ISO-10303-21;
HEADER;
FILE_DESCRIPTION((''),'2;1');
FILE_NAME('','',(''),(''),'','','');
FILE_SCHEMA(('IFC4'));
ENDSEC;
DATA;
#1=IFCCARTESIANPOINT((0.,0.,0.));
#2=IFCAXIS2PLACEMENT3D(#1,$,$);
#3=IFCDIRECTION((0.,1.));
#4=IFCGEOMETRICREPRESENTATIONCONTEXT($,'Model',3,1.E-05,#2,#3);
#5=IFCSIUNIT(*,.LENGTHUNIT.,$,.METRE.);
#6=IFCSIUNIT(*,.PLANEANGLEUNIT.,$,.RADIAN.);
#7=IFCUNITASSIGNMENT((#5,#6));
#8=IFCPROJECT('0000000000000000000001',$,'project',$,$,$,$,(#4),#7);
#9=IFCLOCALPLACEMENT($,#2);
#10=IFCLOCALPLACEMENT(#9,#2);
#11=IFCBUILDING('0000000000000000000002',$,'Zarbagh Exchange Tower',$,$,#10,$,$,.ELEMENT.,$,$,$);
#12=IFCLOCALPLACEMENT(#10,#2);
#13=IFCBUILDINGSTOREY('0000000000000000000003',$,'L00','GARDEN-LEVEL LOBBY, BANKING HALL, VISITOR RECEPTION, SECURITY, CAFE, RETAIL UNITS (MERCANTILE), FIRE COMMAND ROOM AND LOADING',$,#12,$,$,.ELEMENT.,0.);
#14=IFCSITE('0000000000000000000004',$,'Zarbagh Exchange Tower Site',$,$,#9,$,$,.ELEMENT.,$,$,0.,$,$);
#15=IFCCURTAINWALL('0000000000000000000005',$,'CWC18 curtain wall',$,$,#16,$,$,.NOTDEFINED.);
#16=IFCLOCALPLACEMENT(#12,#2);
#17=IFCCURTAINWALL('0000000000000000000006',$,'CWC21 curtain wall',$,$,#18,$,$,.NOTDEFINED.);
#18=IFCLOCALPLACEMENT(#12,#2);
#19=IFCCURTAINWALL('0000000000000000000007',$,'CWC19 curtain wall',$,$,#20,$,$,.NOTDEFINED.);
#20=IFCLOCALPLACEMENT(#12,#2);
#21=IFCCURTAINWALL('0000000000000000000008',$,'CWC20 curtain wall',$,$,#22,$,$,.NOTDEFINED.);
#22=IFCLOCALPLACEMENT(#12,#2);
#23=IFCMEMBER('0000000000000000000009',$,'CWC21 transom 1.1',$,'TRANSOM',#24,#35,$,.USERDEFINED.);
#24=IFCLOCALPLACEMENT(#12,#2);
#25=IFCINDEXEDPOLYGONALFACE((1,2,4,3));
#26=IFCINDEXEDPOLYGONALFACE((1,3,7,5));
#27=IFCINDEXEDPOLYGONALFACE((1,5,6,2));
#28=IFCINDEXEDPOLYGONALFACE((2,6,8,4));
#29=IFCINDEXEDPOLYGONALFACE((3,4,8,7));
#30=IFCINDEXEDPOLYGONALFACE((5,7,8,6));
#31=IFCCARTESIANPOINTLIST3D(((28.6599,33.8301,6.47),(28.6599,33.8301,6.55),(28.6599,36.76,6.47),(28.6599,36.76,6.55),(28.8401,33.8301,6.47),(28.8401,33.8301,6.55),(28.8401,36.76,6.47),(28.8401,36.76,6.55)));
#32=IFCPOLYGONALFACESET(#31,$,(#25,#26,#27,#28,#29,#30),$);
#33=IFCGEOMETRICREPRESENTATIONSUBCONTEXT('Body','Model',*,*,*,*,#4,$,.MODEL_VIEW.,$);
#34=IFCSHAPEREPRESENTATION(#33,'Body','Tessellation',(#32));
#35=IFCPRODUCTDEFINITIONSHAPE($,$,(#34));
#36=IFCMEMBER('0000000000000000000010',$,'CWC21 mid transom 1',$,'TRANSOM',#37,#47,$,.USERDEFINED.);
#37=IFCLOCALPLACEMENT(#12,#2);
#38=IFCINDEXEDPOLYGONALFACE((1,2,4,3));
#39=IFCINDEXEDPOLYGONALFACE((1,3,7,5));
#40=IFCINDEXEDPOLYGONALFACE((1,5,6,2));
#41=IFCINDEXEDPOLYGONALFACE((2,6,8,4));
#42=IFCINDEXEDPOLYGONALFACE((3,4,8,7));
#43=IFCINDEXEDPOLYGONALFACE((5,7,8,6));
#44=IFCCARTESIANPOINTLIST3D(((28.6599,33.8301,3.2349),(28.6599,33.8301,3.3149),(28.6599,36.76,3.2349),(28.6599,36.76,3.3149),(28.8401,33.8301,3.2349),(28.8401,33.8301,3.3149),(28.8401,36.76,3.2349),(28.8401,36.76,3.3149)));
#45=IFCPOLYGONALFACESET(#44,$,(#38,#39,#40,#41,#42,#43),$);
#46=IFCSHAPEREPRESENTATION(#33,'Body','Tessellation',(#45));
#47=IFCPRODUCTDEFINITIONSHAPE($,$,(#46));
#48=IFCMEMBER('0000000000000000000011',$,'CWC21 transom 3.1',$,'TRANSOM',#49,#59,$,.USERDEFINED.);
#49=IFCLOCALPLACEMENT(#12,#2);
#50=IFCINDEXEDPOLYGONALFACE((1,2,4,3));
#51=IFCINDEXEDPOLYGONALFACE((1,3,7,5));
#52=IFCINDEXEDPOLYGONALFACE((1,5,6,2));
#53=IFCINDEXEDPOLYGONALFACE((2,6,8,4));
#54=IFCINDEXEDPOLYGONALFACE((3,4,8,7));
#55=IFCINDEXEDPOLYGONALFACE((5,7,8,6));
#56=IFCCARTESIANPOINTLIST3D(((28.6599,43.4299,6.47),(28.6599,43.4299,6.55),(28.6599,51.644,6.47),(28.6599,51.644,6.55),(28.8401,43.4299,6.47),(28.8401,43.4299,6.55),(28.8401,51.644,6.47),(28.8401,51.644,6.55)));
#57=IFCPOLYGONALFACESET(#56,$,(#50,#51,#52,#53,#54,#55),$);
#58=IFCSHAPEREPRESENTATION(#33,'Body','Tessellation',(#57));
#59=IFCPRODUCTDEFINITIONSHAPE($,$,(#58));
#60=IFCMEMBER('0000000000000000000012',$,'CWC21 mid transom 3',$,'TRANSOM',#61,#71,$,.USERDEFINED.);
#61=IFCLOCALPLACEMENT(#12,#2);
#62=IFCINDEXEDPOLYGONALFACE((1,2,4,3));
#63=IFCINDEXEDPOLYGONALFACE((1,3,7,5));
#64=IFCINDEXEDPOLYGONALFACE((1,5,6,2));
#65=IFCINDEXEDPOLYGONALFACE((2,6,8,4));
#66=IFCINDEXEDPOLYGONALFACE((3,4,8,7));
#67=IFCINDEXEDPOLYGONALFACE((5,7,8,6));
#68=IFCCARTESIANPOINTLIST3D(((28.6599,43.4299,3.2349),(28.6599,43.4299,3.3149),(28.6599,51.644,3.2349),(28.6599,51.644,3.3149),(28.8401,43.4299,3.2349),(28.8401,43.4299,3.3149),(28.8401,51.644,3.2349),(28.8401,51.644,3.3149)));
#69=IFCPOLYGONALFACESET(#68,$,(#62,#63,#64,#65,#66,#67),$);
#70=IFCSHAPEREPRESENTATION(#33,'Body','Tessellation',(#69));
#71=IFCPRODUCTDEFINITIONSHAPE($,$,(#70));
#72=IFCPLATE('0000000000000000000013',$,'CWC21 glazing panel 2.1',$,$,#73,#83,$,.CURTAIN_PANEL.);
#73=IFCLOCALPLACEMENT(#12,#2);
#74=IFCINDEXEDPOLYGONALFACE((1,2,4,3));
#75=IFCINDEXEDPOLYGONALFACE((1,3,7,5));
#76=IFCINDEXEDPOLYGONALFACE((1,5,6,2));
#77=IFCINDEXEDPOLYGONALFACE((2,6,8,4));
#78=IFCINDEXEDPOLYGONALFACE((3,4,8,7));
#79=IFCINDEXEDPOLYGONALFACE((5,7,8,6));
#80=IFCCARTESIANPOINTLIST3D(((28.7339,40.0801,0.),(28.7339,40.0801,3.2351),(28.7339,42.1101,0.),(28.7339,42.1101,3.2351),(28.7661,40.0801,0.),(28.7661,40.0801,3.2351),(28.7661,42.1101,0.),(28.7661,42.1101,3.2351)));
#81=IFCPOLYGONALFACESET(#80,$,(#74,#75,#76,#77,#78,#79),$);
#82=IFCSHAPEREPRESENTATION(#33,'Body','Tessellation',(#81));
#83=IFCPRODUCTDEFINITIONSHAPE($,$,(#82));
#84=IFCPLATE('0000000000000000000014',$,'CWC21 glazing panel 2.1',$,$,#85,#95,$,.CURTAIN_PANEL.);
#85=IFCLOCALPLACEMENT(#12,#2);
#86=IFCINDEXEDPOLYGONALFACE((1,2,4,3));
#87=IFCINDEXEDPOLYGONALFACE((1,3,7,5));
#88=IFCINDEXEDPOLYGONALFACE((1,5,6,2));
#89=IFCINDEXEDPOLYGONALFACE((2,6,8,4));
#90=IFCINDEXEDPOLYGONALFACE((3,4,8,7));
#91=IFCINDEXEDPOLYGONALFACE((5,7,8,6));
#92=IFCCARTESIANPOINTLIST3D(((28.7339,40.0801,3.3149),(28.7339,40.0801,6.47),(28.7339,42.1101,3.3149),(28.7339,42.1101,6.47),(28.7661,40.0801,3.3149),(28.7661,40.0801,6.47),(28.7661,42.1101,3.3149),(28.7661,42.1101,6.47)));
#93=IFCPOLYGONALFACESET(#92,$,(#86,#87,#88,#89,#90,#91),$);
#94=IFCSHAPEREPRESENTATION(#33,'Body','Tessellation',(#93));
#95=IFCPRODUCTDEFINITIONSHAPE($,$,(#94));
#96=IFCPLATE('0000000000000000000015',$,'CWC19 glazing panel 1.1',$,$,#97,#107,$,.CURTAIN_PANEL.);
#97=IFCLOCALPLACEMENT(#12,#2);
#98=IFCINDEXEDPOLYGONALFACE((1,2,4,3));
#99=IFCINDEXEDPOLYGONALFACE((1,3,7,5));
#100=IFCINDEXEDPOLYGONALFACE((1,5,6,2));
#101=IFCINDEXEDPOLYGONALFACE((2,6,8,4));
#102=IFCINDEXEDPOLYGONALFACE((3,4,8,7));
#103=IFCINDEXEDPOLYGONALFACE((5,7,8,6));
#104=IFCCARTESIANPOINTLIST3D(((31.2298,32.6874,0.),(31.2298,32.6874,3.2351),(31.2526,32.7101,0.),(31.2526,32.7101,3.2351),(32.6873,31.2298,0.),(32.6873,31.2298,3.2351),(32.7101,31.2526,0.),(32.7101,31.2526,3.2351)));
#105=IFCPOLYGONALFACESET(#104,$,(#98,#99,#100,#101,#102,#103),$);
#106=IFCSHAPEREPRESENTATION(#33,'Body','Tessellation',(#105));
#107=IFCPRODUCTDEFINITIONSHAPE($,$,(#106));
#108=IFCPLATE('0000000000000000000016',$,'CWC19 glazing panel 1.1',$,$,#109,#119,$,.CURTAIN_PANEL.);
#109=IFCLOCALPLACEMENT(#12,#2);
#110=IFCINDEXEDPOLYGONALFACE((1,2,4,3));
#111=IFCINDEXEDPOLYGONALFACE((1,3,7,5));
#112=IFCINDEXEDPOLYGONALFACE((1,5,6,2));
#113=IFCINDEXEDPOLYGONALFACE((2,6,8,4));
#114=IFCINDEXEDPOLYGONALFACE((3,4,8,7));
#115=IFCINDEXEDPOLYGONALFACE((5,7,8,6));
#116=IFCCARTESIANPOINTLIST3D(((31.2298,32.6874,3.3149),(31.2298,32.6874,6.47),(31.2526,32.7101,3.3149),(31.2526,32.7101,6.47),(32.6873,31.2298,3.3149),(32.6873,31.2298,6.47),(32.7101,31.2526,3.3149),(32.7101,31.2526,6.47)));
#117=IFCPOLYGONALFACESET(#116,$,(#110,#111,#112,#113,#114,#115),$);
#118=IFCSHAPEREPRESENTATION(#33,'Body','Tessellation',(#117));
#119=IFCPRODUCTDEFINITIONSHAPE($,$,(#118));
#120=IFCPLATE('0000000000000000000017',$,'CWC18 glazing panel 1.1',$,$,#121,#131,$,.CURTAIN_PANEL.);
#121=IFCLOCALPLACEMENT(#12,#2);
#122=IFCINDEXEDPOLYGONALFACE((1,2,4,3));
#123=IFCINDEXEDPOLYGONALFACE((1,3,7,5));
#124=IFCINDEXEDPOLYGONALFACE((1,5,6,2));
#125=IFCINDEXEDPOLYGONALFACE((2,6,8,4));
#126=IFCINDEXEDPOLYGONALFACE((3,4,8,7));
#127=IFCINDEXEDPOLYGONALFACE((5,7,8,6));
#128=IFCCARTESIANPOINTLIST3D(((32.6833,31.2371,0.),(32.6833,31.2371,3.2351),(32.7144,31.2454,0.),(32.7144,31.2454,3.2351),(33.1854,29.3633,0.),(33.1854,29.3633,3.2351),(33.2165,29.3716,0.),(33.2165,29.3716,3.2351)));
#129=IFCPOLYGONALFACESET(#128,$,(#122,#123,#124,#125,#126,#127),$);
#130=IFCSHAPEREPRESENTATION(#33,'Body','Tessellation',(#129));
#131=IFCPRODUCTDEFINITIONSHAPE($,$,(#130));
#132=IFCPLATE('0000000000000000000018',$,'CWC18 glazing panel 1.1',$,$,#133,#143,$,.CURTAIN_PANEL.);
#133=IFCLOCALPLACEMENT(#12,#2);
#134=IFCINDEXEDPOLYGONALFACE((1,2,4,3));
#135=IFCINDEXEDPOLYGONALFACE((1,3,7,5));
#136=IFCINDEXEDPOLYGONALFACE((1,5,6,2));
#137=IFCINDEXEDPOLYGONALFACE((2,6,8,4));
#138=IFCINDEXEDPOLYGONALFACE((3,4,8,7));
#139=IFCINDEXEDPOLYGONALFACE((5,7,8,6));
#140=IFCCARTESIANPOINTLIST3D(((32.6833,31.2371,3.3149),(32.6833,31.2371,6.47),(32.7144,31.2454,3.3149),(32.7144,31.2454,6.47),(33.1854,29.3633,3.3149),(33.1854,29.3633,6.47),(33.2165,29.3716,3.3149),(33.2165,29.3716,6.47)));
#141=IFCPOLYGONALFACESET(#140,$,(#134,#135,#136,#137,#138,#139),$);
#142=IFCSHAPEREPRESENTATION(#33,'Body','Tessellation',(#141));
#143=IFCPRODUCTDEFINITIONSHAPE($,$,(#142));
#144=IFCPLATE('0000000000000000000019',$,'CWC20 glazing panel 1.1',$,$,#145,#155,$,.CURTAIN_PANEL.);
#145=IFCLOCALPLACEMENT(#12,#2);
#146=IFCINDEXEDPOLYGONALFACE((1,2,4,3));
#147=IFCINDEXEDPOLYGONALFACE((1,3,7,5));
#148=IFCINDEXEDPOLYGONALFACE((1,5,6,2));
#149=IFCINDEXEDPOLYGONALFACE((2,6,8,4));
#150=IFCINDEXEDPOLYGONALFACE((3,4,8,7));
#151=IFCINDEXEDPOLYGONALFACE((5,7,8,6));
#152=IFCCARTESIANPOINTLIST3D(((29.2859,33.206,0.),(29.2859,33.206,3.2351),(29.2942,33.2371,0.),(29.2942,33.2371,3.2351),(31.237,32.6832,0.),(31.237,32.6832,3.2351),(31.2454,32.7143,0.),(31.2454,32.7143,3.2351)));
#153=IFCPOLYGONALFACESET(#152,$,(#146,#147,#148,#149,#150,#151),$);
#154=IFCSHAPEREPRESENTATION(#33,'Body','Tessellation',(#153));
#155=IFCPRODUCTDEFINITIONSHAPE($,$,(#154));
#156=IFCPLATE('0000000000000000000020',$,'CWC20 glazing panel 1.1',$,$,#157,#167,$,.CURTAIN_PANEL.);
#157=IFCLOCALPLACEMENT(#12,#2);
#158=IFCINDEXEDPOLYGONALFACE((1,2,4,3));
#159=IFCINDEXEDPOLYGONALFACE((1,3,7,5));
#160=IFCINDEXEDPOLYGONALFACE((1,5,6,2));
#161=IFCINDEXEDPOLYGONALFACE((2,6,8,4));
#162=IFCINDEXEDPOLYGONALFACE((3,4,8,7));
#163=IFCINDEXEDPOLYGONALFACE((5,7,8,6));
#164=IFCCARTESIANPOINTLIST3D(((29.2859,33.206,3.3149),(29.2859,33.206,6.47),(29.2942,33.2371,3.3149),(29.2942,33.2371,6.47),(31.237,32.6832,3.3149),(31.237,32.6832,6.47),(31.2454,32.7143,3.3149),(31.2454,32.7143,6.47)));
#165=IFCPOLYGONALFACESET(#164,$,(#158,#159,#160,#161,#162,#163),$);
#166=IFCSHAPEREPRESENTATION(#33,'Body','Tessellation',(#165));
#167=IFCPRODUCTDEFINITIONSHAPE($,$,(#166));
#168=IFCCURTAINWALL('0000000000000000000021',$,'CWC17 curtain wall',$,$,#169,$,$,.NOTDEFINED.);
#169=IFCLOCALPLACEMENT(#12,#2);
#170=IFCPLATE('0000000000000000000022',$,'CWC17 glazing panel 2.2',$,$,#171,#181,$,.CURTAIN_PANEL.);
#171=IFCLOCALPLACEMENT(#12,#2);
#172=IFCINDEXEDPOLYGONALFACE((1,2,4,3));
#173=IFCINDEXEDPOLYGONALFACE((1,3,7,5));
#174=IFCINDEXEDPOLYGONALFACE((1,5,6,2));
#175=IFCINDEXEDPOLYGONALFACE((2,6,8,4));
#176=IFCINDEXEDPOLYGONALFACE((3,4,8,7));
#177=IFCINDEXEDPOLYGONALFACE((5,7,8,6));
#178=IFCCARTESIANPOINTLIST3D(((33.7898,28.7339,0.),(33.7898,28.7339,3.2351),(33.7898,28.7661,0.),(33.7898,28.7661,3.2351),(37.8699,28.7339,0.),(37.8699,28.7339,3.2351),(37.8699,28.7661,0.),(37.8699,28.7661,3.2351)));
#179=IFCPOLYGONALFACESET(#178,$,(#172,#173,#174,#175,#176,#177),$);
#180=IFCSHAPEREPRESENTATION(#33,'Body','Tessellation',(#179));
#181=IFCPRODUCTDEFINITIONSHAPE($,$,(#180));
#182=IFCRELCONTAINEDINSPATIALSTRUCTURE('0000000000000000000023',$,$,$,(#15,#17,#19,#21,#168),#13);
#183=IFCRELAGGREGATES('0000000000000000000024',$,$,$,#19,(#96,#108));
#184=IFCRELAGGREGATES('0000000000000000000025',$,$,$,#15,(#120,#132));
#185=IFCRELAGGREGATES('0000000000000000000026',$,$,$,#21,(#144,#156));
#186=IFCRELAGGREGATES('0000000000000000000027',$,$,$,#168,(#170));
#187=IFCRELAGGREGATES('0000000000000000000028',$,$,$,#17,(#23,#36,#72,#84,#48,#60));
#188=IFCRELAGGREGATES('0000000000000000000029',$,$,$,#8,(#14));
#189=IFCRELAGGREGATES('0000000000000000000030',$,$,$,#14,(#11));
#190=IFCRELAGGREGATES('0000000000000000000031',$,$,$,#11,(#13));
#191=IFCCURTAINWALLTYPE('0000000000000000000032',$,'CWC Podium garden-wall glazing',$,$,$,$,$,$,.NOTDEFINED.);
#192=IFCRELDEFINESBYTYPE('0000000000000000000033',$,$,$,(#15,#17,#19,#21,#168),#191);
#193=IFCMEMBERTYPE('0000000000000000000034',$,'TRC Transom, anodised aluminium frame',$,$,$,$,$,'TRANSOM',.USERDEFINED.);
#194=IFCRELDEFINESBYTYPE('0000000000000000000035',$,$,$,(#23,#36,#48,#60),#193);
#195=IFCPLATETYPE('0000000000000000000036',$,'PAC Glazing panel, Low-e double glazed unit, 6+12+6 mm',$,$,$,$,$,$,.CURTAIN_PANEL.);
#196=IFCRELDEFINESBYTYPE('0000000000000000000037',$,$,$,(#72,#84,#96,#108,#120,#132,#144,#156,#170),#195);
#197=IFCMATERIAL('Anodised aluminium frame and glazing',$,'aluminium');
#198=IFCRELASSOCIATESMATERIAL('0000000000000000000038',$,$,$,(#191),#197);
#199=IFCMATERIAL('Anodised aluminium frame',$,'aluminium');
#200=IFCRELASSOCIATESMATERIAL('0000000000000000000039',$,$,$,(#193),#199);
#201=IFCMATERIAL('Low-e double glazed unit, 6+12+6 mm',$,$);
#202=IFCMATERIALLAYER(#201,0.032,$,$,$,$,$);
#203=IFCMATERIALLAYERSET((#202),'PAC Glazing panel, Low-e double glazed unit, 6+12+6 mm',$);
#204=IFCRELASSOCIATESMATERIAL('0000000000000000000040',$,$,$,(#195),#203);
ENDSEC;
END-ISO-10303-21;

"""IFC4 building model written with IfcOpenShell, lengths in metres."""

from ifc_helpers import new_model, si_unit, direction, origin, place, context, subcontext, project, spatial, polyline, outline, extrude, source, transform, mapped, material, layer, layer_set, type_object, element, aggregate, save


model = new_model("IFC4")

# Units and contexts
model_context = context("Model", 3, precision=1e-05, world=origin(), true_north=direction((0.0, 1.0)))
body_context = subcontext(model_context, "Body", "Model", "MODEL_VIEW")
ifc_project = project(units=[si_unit("LENGTHUNIT", "METRE"), si_unit("PLANEANGLEUNIT", "RADIAN")], contexts=[model_context])

# Site, building, storey
site_placement = place(None, origin())
site = spatial("IfcSite", under=ifc_project, at=site_placement, Name="Zarbagh Exchange Tower Site", CompositionType="ELEMENT", RefElevation=0.0)
building_placement = place(site_placement, origin())
building = spatial("IfcBuilding", under=site, at=building_placement, Name="Zarbagh Exchange Tower", CompositionType="ELEMENT")
storey_placement = place(building_placement, origin())
storey = spatial("IfcBuildingStorey", under=building, at=storey_placement, Name="L00", Description="GARDEN-LEVEL LOBBY, BANKING HALL, VISITOR RECEPTION, SECURITY, CAFE, RETAIL UNITS (MERCANTILE), FIRE COMMAND ROOM AND LOADING", CompositionType="ELEMENT", Elevation=0.0)

# Curtain wall
ifc_material_1 = material(Name="Anodised aluminium frame and glazing", Category="aluminium")
curtain_wall_type = type_object("IfcCurtainWallType", Name="CWC Podium garden-wall glazing", PredefinedType="NOTDEFINED", material=ifc_material_1)
curtain_wall_1_placement = place(storey_placement, origin())
curtain_wall_1 = element("IfcCurtainWall", 1, at=curtain_wall_1_placement, inside=storey, type_object=curtain_wall_type, Name="CWC18 curtain wall", PredefinedType="NOTDEFINED")
ifc_material_2 = material(Name="Anodised aluminium frame", Category="aluminium")
placement = place(storey_placement, origin())

# Curtain wall
curtain_wall_2_placement = place(storey_placement, origin())
curtain_wall_2 = element("IfcCurtainWall", 2, at=curtain_wall_2_placement, inside=storey, type_object=curtain_wall_type, Name="CWC21 curtain wall", PredefinedType="NOTDEFINED")

# Shared definitions
member_type_1 = type_object("IfcMemberType", Name="TRC Transom, anodised aluminium frame", ElementType="TRANSOM", PredefinedType="USERDEFINED", material=ifc_material_2)

# Curtain wall
curtain_wall_3_placement = place(storey_placement, origin())
curtain_wall_3 = element("IfcCurtainWall", 3, at=curtain_wall_3_placement, inside=storey, type_object=curtain_wall_type, Name="CWC19 curtain wall", PredefinedType="NOTDEFINED")

# Curtain wall
curtain_wall_4_placement = place(storey_placement, origin())
curtain_wall_4 = element("IfcCurtainWall", 4, at=curtain_wall_4_placement, inside=storey, type_object=curtain_wall_type, Name="CWC20 curtain wall", PredefinedType="NOTDEFINED")

# Members
shared_shape_1 = source(origin(), body_context, "Body", "SweptSolid", [
    extrude(outline(polyline([(-0.0801, -0.0901), (0.0, -0.0901), (0.0, 0.0901), (-0.0801, 0.0901), (-0.0801, -0.0901)])), origin(), (0.0, 0.0, 1.0), 2.9299),
])
member_1 = element("IfcMember", 5, at=placement, type_object=member_type_1, Name="CWC21 transom 1.1", ObjectType="TRANSOM", PredefinedType="USERDEFINED", context=body_context, shape_type="MappedRepresentation", body=[
    mapped(shared_shape_1, transform((28.75, 33.8301, 6.55), x_axis=(0.0, 0.0, 1.0), y_axis=(1.0, 0.0, 0.0), z_axis=(0.0, 1.0, 0.0))),
])
shared_shape_2 = source(origin(), body_context, "Body", "SweptSolid", [
    extrude(outline(polyline([(-0.04, -0.0901), (0.04, -0.0901), (0.04, 0.0901), (-0.04, 0.0901), (-0.04, -0.0901)])), origin(), (0.0, 0.0, 1.0), 2.9299),
])
member_2 = element("IfcMember", 6, at=placement, type_object=member_type_1, Name="CWC21 mid transom 1", ObjectType="TRANSOM", PredefinedType="USERDEFINED", context=body_context, shape_type="MappedRepresentation", body=[
    mapped(shared_shape_2, transform((28.75, 33.8301, 3.2749), x_axis=(0.0, 0.0, 1.0), y_axis=(1.0, 0.0, 0.0), z_axis=(0.0, 1.0, 0.0))),
])
shared_shape_3 = source(origin(), body_context, "Body", "SweptSolid", [
    extrude(outline(polyline([(-0.0801, -0.0901), (0.0, -0.0901), (0.0, 0.0901), (-0.0801, 0.0901), (-0.0801, -0.0901)])), origin(), (0.0, 0.0, 1.0), 8.2141),
])
member_3 = element("IfcMember", 7, at=placement, type_object=member_type_1, Name="CWC21 transom 3.1", ObjectType="TRANSOM", PredefinedType="USERDEFINED", context=body_context, shape_type="MappedRepresentation", body=[
    mapped(shared_shape_3, transform((28.75, 43.4299, 6.55), x_axis=(0.0, 0.0, 1.0), y_axis=(1.0, 0.0, 0.0), z_axis=(0.0, 1.0, 0.0))),
])
shared_shape_4 = source(origin(), body_context, "Body", "SweptSolid", [
    extrude(outline(polyline([(-0.04, -0.0901), (0.04, -0.0901), (0.04, 0.0901), (-0.04, 0.0901), (-0.04, -0.0901)])), origin(), (0.0, 0.0, 1.0), 8.2141),
])
member_4 = element("IfcMember", 8, at=placement, type_object=member_type_1, Name="CWC21 mid transom 3", ObjectType="TRANSOM", PredefinedType="USERDEFINED", context=body_context, shape_type="MappedRepresentation", body=[
    mapped(shared_shape_4, transform((28.75, 43.4299, 3.2749), x_axis=(0.0, 0.0, 1.0), y_axis=(1.0, 0.0, 0.0), z_axis=(0.0, 1.0, 0.0))),
])

# Plates
ifc_material_3 = material(Name="Low-e double glazed unit, 6+12+6 mm")
ifc_layer = layer(ifc_material_3, 0.032)
ifc_layer_set = layer_set([ifc_layer], Name="PAC Glazing panel, Low-e double glazed unit, 6+12+6 mm")
plate_type = type_object("IfcPlateType", Name="PAC Glazing panel, Low-e double glazed unit, 6+12+6 mm", PredefinedType="CURTAIN_PANEL", material=ifc_layer_set)
shared_shape_5 = source(origin(), body_context, "Body", "SweptSolid", [
    extrude(outline(polyline([(0.0, -0.0161), (2.03, -0.0161), (2.03, 0.0161), (0.0, 0.0161), (0.0, -0.0161)])), origin(), (0.0, 0.0, 1.0), 3.2351),
])
plate_1 = element("IfcPlate", 9, at=placement, type_object=plate_type, Name="CWC21 glazing panel 2.1", PredefinedType="CURTAIN_PANEL", context=body_context, shape_type="MappedRepresentation", body=[
    mapped(shared_shape_5, transform((28.75, 40.0801, 0.0), x_axis=(0.0, 1.0, 0.0), y_axis=(-1.0, 0.0, 0.0), z_axis=(0.0, 0.0, 1.0))),
])
shared_shape_6 = source(origin(), body_context, "Body", "SweptSolid", [
    extrude(outline(polyline([(0.0, -0.0161), (2.03, -0.0161), (2.03, 0.0161), (0.0, 0.0161), (0.0, -0.0161)])), origin(), (0.0, 0.0, 1.0), 3.155),
])
plate_2 = element("IfcPlate", 10, at=placement, type_object=plate_type, Name="CWC21 glazing panel 2.1", PredefinedType="CURTAIN_PANEL", context=body_context, shape_type="MappedRepresentation", body=[
    mapped(shared_shape_6, transform((28.75, 40.0801, 3.3149), x_axis=(0.0, 1.0, 0.0), y_axis=(-1.0, 0.0, 0.0), z_axis=(0.0, 0.0, 1.0))),
])
shared_shape_7 = source(origin(), body_context, "Body", "SweptSolid", [
    extrude(outline(polyline([(0.0, -0.0161), (2.0613, -0.0161), (2.0613, 0.0161), (0.0, 0.0161), (0.0, -0.0161)])), origin(), (0.0, 0.0, 1.0), 3.2351),
])
plate_3 = element("IfcPlate", 11, at=placement, type_object=plate_type, Name="CWC19 glazing panel 1.1", PredefinedType="CURTAIN_PANEL", context=body_context, shape_type="MappedRepresentation", body=[
    mapped(shared_shape_7, transform((32.6987, 31.2412, 0.0), x_axis=(-0.707107, 0.707107, 0.0), y_axis=(-0.707107, -0.707107, 0.0), z_axis=(0.0, 0.0, 1.0))),
])
shared_shape_8 = source(origin(), body_context, "Body", "SweptSolid", [
    extrude(outline(polyline([(0.0, -0.0161), (2.0613, -0.0161), (2.0613, 0.0161), (0.0, 0.0161), (0.0, -0.0161)])), origin(), (0.0, 0.0, 1.0), 3.155),
])
plate_4 = element("IfcPlate", 12, at=placement, type_object=plate_type, Name="CWC19 glazing panel 1.1", PredefinedType="CURTAIN_PANEL", context=body_context, shape_type="MappedRepresentation", body=[
    mapped(shared_shape_8, transform((32.6987, 31.2412, 3.3149), x_axis=(-0.707107, 0.707107, 0.0), y_axis=(-0.707107, -0.707107, 0.0), z_axis=(0.0, 0.0, 1.0))),
])
aggregate(curtain_wall_3, [plate_3, plate_4])
shared_shape_9 = source(origin(), body_context, "Body", "SweptSolid", [
    extrude(outline(polyline([(0.0, -0.0161), (1.9399, -0.0161), (1.9399, 0.0161), (0.0, 0.0161), (0.0, -0.0161)])), origin(), (0.0, 0.0, 1.0), 3.2351),
])
plate_5 = element("IfcPlate", 13, at=placement, type_object=plate_type, Name="CWC18 glazing panel 1.1", PredefinedType="CURTAIN_PANEL", context=body_context, shape_type="MappedRepresentation", body=[
    mapped(shared_shape_9, transform((33.2009, 29.3674, 0.0), x_axis=(-0.258825, 0.965924, 0.0), y_axis=(-0.965924, -0.258825, 0.0), z_axis=(0.0, 0.0, 1.0))),
])
shared_shape_10 = source(origin(), body_context, "Body", "SweptSolid", [
    extrude(outline(polyline([(0.0, -0.0161), (1.9399, -0.0161), (1.9399, 0.0161), (0.0, 0.0161), (0.0, -0.0161)])), origin(), (0.0, 0.0, 1.0), 3.155),
])
plate_6 = element("IfcPlate", 14, at=placement, type_object=plate_type, Name="CWC18 glazing panel 1.1", PredefinedType="CURTAIN_PANEL", context=body_context, shape_type="MappedRepresentation", body=[
    mapped(shared_shape_10, transform((33.2009, 29.3674, 3.3149), x_axis=(-0.258825, 0.965924, 0.0), y_axis=(-0.965924, -0.258825, 0.0), z_axis=(0.0, 0.0, 1.0))),
])
aggregate(curtain_wall_1, [plate_5, plate_6])
shared_shape_11 = source(origin(), body_context, "Body", "SweptSolid", [
    extrude(outline(polyline([(0.0, -0.0161), (2.02, -0.0161), (2.02, 0.0161), (0.0, 0.0161), (0.0, -0.0161)])), origin(), (0.0, 0.0, 1.0), 3.2351),
])
plate_7 = element("IfcPlate", 15, at=placement, type_object=plate_type, Name="CWC20 glazing panel 1.1", PredefinedType="CURTAIN_PANEL", context=body_context, shape_type="MappedRepresentation", body=[
    mapped(shared_shape_11, transform((31.2412, 32.6987, 0.0), x_axis=(-0.965924, 0.258825, 0.0), y_axis=(-0.258825, -0.965924, 0.0), z_axis=(0.0, 0.0, 1.0))),
])
shared_shape_12 = source(origin(), body_context, "Body", "SweptSolid", [
    extrude(outline(polyline([(0.0, -0.0161), (2.02, -0.0161), (2.02, 0.0161), (0.0, 0.0161), (0.0, -0.0161)])), origin(), (0.0, 0.0, 1.0), 3.155),
])
plate_8 = element("IfcPlate", 16, at=placement, type_object=plate_type, Name="CWC20 glazing panel 1.1", PredefinedType="CURTAIN_PANEL", context=body_context, shape_type="MappedRepresentation", body=[
    mapped(shared_shape_12, transform((31.2412, 32.6987, 3.3149), x_axis=(-0.965924, 0.258825, 0.0), y_axis=(-0.258825, -0.965924, 0.0), z_axis=(0.0, 0.0, 1.0))),
])
aggregate(curtain_wall_4, [plate_7, plate_8])

# Curtain wall, plate
curtain_wall_5_placement = place(storey_placement, origin())
curtain_wall_5 = element("IfcCurtainWall", 17, at=curtain_wall_5_placement, inside=storey, type_object=curtain_wall_type, Name="CWC17 curtain wall", PredefinedType="NOTDEFINED")
shared_shape_13 = source(origin(), body_context, "Body", "SweptSolid", [
    extrude(outline(polyline([(0.0, -0.0161), (4.0801, -0.0161), (4.0801, 0.0161), (0.0, 0.0161), (0.0, -0.0161)])), origin(), (0.0, 0.0, 1.0), 3.2351),
])
plate_9 = element("IfcPlate", 18, at=placement, type_object=plate_type, Name="CWC17 glazing panel 2.2", PredefinedType="CURTAIN_PANEL", context=body_context, shape_type="MappedRepresentation", body=[
    mapped(shared_shape_13, transform((37.8699, 28.75, 0.0), x_axis=(-1.0, 0.0, 0.0), y_axis=(0.0, -1.0, 0.0), z_axis=(0.0, 0.0, 1.0))),
])
aggregate(curtain_wall_5, [plate_9])

aggregate(curtain_wall_2, [member_1, member_2, plate_1, plate_2, member_3, member_4])

save(model, "model.ifc")
